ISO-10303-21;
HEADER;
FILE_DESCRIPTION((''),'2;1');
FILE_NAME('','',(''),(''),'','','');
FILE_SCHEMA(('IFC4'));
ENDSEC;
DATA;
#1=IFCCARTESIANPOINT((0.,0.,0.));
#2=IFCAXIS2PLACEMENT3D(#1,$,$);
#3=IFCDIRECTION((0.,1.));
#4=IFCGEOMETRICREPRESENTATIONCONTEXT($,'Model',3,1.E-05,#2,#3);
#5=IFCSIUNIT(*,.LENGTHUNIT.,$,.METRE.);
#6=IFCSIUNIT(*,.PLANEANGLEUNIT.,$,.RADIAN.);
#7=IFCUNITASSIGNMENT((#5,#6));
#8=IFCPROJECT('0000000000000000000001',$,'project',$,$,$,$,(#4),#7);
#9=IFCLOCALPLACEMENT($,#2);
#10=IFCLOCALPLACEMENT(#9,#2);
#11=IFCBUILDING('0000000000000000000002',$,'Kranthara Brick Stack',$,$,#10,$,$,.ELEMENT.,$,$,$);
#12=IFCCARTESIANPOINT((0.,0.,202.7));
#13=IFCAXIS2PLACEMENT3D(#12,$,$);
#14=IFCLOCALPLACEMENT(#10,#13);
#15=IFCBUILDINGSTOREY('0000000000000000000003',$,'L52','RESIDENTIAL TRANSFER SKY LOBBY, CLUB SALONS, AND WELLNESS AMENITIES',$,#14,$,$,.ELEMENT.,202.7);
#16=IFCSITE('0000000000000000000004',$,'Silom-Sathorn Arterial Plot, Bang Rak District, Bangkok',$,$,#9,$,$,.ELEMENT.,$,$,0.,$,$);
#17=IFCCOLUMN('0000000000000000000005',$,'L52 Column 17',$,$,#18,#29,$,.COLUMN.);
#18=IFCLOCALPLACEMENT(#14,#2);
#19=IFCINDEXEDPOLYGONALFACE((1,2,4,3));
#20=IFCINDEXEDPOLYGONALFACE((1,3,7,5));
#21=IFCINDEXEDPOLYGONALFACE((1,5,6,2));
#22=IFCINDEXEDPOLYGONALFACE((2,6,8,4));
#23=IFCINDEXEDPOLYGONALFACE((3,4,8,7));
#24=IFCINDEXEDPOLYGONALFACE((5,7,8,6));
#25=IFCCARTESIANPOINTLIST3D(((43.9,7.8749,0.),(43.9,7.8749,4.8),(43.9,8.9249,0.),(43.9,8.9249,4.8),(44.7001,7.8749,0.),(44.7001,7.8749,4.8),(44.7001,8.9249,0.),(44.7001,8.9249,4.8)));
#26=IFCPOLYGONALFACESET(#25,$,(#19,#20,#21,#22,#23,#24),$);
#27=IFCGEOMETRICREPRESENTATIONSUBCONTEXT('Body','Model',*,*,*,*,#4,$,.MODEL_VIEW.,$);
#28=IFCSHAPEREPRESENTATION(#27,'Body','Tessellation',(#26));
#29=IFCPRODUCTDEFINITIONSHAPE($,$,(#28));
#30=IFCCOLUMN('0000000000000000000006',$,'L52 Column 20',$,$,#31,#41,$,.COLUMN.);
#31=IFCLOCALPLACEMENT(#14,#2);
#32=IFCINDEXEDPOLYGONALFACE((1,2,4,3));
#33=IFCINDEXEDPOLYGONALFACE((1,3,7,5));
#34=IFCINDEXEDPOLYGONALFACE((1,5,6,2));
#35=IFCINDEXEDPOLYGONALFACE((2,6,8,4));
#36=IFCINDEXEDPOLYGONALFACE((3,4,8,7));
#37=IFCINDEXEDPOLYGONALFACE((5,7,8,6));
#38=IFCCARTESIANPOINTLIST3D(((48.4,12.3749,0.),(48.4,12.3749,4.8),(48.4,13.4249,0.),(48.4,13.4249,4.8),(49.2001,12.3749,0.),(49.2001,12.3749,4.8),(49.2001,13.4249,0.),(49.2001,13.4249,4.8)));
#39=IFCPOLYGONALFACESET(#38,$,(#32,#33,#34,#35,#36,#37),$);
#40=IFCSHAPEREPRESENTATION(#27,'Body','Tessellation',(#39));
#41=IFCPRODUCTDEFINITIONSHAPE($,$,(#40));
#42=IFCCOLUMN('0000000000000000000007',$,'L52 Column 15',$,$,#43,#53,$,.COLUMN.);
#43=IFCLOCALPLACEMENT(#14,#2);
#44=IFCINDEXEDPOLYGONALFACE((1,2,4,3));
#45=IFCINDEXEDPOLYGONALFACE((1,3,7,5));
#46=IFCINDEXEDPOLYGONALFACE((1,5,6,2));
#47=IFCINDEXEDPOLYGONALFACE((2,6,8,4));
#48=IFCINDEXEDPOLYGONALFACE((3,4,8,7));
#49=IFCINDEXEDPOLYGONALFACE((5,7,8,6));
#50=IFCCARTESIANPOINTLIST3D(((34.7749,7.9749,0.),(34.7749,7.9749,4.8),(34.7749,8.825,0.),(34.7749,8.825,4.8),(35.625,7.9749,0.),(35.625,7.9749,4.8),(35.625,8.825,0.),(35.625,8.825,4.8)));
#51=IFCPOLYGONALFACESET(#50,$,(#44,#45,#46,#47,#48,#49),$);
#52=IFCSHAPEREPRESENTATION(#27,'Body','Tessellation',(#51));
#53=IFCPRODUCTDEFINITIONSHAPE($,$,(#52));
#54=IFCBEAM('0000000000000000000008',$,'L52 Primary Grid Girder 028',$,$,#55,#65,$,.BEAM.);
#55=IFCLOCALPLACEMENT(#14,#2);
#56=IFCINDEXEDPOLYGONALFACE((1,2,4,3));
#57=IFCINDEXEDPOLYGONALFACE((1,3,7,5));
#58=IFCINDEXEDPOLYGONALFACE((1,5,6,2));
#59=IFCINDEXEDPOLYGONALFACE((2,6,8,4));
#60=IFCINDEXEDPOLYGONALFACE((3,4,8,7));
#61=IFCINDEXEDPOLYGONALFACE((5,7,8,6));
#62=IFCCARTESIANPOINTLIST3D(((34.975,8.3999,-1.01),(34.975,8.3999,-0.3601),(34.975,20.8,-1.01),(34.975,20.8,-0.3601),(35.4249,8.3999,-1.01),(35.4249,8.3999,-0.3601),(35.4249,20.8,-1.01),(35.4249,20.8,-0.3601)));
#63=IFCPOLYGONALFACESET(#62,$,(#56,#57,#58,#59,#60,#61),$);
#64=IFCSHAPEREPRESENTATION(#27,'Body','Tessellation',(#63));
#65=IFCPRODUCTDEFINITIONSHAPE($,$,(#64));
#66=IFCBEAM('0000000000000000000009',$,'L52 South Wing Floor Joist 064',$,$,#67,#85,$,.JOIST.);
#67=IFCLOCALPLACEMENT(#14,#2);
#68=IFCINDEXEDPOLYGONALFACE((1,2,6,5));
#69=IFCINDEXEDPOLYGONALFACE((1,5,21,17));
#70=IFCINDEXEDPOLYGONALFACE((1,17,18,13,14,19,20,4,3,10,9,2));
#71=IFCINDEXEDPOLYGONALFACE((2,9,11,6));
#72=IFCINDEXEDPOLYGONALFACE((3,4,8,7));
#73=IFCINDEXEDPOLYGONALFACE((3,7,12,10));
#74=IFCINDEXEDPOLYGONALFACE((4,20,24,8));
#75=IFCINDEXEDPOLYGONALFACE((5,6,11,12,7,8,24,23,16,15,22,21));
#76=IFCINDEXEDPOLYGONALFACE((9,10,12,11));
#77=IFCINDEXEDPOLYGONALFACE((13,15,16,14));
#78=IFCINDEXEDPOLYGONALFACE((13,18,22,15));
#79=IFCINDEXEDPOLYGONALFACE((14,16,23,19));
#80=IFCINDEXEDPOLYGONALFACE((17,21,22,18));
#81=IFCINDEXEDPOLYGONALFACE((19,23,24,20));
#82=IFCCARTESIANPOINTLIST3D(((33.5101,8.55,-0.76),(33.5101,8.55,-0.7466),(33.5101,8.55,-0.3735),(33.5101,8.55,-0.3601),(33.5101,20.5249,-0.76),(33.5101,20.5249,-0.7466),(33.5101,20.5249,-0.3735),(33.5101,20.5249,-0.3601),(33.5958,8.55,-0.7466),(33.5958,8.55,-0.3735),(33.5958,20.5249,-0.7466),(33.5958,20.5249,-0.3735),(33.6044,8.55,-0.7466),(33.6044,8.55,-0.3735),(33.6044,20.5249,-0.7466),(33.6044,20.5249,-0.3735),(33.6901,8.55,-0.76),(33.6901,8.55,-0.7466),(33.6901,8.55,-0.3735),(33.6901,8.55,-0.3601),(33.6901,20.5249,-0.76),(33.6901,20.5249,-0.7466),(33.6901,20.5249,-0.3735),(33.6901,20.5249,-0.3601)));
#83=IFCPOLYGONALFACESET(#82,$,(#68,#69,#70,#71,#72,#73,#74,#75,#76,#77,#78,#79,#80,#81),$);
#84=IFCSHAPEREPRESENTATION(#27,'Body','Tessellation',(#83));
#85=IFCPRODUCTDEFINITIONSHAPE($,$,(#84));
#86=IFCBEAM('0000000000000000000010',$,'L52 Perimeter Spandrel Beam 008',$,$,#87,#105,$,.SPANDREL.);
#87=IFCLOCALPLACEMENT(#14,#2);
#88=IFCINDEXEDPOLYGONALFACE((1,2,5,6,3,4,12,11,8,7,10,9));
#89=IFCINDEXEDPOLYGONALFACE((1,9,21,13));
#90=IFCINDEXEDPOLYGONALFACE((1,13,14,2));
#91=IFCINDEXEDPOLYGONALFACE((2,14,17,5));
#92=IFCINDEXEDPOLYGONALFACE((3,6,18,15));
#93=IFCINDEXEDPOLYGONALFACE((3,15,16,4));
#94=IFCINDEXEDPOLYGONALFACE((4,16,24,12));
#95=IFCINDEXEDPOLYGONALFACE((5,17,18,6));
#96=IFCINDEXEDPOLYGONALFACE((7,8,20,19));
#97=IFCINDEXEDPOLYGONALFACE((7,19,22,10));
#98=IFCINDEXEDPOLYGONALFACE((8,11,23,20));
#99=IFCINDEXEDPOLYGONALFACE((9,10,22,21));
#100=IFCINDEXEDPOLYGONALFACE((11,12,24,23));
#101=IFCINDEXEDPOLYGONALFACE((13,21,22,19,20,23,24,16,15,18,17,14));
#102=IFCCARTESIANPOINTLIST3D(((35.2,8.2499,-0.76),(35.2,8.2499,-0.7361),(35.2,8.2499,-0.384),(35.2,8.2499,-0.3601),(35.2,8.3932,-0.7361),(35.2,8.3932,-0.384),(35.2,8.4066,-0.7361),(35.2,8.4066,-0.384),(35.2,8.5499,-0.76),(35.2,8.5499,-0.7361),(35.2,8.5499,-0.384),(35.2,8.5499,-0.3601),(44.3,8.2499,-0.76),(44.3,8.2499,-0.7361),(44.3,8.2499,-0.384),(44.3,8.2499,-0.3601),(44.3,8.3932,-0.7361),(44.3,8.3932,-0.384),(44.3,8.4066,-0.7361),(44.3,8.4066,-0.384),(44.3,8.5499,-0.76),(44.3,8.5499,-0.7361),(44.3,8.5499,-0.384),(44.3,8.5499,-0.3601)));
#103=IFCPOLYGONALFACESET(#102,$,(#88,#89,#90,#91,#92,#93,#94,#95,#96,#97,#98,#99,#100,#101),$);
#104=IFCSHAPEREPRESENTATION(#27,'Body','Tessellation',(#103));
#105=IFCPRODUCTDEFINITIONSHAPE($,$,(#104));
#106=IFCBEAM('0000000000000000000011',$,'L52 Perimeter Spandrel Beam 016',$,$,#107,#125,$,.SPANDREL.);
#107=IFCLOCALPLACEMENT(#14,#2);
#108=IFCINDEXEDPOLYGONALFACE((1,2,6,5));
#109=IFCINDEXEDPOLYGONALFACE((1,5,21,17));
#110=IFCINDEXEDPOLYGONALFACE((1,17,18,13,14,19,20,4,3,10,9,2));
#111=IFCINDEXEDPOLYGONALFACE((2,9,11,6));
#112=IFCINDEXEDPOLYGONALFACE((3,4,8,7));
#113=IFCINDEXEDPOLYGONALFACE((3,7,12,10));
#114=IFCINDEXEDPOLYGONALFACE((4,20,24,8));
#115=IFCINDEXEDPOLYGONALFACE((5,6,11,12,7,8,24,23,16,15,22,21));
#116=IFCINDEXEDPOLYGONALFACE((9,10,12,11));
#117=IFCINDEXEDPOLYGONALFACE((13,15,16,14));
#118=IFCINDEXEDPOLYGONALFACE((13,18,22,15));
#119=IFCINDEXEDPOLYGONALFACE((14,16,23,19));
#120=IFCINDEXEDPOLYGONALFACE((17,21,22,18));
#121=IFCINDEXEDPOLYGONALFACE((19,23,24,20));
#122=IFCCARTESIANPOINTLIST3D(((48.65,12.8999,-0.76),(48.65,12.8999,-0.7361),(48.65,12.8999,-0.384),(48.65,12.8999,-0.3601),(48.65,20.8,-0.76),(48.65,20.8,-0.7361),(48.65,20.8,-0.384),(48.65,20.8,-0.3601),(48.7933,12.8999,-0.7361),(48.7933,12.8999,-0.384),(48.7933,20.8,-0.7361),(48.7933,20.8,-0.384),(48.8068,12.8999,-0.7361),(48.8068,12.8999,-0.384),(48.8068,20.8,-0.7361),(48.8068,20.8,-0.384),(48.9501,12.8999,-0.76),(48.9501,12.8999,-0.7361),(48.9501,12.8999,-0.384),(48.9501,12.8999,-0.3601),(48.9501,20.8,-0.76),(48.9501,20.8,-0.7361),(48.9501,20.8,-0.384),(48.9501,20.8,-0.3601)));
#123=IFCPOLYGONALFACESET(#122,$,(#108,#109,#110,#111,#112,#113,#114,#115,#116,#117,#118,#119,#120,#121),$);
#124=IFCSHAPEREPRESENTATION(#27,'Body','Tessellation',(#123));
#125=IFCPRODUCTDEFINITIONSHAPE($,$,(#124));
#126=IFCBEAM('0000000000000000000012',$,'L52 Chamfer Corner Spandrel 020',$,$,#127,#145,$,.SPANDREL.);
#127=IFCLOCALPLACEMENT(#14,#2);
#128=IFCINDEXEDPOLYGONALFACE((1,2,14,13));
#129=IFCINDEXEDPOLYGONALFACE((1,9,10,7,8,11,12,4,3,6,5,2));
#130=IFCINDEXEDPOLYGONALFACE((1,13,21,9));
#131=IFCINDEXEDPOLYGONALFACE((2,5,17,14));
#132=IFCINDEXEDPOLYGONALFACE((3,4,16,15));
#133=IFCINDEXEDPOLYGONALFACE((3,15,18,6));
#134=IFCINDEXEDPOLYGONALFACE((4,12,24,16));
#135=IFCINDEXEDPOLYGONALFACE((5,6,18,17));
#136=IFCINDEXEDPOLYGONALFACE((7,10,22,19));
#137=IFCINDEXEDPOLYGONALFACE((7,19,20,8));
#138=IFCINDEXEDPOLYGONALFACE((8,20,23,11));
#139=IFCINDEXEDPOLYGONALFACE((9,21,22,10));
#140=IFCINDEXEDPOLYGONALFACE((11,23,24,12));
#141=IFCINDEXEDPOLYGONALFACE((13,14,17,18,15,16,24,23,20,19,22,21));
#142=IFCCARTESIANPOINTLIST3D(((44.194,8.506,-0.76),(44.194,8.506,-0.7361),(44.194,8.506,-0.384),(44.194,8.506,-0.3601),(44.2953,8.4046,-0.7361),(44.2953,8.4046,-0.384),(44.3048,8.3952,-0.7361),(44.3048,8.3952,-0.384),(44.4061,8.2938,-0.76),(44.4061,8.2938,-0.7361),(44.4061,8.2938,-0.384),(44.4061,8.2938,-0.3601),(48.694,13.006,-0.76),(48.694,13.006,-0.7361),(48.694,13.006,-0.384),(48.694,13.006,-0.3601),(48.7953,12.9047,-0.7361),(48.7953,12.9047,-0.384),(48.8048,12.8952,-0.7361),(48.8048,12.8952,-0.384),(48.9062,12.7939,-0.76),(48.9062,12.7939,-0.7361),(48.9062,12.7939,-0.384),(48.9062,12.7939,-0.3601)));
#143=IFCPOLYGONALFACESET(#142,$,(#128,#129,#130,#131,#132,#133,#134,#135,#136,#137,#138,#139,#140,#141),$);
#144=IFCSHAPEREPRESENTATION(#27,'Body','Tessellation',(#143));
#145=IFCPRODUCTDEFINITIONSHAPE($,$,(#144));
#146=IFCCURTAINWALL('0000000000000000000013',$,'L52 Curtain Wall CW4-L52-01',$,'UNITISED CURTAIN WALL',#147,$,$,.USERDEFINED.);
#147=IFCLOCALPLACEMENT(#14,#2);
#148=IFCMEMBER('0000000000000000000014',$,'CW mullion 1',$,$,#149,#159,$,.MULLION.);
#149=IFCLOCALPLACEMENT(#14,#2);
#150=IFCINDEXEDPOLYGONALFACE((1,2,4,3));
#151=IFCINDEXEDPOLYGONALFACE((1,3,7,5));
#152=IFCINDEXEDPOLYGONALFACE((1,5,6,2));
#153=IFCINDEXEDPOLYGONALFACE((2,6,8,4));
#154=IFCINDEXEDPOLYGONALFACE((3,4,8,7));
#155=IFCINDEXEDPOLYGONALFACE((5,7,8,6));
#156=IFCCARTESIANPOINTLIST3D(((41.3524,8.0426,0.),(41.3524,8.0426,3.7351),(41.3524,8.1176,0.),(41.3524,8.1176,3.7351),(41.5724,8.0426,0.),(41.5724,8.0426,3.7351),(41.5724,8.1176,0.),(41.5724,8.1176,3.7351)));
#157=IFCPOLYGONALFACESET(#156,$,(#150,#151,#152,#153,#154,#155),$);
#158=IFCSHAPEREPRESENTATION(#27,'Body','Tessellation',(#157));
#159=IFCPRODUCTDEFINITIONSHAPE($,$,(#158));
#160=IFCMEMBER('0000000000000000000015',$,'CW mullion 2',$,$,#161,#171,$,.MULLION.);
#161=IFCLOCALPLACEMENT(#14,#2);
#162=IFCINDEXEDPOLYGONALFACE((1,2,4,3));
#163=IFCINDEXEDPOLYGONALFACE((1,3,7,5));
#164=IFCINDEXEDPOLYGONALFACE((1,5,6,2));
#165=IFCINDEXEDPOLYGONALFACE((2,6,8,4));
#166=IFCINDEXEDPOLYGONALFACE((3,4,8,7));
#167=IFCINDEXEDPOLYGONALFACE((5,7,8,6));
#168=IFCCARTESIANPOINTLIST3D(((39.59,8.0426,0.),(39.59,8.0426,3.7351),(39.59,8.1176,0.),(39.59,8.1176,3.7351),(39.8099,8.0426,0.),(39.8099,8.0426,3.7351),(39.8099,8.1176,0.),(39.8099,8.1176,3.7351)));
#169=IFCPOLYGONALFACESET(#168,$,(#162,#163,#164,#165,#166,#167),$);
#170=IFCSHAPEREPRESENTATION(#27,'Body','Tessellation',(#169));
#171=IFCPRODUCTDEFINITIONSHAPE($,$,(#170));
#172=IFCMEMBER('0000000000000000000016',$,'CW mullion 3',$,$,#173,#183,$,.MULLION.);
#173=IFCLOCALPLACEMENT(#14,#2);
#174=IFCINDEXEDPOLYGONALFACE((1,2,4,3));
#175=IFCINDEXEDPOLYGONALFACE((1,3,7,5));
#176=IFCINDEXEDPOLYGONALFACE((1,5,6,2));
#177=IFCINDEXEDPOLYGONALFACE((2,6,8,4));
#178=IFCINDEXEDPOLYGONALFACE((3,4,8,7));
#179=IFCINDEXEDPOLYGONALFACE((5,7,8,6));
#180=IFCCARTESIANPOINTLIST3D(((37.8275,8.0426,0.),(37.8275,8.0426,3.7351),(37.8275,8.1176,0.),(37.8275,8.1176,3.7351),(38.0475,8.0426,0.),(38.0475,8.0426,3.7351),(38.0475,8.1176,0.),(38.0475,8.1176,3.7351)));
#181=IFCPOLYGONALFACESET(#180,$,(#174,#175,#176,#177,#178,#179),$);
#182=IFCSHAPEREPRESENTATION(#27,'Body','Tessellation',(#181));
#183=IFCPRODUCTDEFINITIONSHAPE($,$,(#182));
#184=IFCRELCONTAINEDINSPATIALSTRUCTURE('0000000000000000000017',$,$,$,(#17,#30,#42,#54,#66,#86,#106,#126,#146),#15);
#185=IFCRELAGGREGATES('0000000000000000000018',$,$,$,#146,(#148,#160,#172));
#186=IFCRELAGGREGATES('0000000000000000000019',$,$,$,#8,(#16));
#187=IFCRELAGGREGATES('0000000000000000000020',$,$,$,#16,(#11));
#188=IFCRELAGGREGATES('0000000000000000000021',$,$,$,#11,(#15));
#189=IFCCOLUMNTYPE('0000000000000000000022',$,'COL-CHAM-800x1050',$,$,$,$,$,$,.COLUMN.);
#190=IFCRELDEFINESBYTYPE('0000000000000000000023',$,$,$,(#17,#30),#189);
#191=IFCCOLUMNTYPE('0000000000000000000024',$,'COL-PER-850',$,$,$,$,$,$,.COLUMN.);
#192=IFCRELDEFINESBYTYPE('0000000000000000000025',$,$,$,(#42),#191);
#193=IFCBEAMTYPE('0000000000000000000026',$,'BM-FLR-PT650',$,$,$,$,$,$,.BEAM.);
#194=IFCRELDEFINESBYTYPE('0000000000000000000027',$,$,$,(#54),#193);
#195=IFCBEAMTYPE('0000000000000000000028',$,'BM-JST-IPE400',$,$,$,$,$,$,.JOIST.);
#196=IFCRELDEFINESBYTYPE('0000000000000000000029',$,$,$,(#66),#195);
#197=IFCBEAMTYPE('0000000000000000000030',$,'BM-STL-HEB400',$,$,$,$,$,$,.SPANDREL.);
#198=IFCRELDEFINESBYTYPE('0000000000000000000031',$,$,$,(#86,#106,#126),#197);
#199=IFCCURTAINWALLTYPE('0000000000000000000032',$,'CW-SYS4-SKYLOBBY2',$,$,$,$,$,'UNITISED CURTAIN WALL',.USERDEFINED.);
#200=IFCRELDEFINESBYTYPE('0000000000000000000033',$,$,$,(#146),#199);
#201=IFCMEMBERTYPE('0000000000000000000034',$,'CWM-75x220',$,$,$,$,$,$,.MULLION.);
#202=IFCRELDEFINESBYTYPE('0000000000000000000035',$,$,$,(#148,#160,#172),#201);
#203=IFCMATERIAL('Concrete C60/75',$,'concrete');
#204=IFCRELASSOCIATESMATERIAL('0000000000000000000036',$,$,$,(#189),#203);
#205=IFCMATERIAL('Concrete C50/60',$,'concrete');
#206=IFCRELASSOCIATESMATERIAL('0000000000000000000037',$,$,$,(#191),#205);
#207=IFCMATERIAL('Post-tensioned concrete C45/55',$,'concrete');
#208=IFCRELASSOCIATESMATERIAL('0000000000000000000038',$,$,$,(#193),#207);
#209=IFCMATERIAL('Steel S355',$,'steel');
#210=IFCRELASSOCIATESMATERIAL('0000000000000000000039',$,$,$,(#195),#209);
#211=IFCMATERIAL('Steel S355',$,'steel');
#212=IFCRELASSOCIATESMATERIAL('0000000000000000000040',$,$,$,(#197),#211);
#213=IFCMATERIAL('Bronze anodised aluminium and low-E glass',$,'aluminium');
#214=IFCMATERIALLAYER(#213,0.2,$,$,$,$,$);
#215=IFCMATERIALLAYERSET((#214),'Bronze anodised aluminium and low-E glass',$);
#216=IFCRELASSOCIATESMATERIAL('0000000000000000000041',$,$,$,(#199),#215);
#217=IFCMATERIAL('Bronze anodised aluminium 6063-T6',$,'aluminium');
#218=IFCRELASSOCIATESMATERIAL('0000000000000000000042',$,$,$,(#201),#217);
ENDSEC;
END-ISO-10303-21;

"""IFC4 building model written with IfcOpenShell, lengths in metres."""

from ifc_helpers import new_model, si_unit, direction, frame, origin, origin_2d, place, context, subcontext, project, spatial, rectangle, i_section, extrude, material, layer, layer_set, material_profile, profile_set, type_object, element, aggregate, save


model = new_model("IFC4")

# Units and contexts
model_context = context("Model", 3, precision=1e-05, world=origin(), true_north=direction((0.0, 1.0)))
body_context = subcontext(model_context, "Body", "Model", "MODEL_VIEW")
ifc_project = project(units=[si_unit("LENGTHUNIT", "METRE"), si_unit("PLANEANGLEUNIT", "RADIAN")], contexts=[model_context])

# Site, building, storey
site_placement = place(None, origin())
site = spatial("IfcSite", under=ifc_project, at=site_placement, Name="Silom-Sathorn Arterial Plot, Bang Rak District, Bangkok", CompositionType="ELEMENT", RefElevation=0.0)
building_placement = place(site_placement, origin())
building = spatial("IfcBuilding", under=site, at=building_placement, Name="Kranthara Brick Stack", CompositionType="ELEMENT")
storey_placement = place(building_placement, frame((0.0, 0.0, 202.7)))
storey = spatial("IfcBuildingStorey", under=building, at=storey_placement, Name="L52", Description="RESIDENTIAL TRANSFER SKY LOBBY, CLUB SALONS, AND WELLNESS AMENITIES", CompositionType="ELEMENT", Elevation=202.7)

# Columns
ifc_material_1 = material(Name="Concrete C60/75", Category="concrete")
ifc_material_profile_1 = material_profile(ifc_material_1, rectangle(XDim=0.8, YDim=1.05, at=origin_2d()), Name="RC 800x1050")
ifc_profile_set_1 = profile_set([ifc_material_profile_1], Name="Concrete C60/75")
column_type_1 = type_object("IfcColumnType", Name="COL-CHAM-800x1050", PredefinedType="COLUMN", material=ifc_profile_set_1)
for number, where, z_axis, x_axis, name in (
    (1, (44.3, 8.3999, 0.0), (0.0, 0.0, 1.0), (1.0, 0.0, 0.0), "L52 Column 17"),
    (2, (48.8, 12.8999, 0.0), (0.0, 0.0, 1.0), (1.0, 0.0, 0.0), "L52 Column 20"),
):
    element("IfcColumn", number, at=place(storey_placement, frame(where, z_axis=z_axis, x_axis=x_axis)), inside=storey, type_object=column_type_1, Name=name, PredefinedType="COLUMN", context=body_context, shape_type="SweptSolid", body=[
        extrude(rectangle(XDim=0.8, YDim=1.05, at=origin_2d()), origin(), (0.0, 0.0, 1.0), 4.8),
    ])
ifc_material_2 = material(Name="Concrete C50/60", Category="concrete")
ifc_material_profile_2 = material_profile(ifc_material_2, rectangle(XDim=0.8501, YDim=0.8501, at=origin_2d()), Name="RC 850x850")
ifc_profile_set_2 = profile_set([ifc_material_profile_2], Name="Concrete C50/60")
column_type_2 = type_object("IfcColumnType", Name="COL-PER-850", PredefinedType="COLUMN", material=ifc_profile_set_2)
column_placement = place(storey_placement, frame((35.2, 8.3999, 0.0), z_axis=(0.0, 0.0, 1.0), x_axis=(1.0, 0.0, 0.0)))
element("IfcColumn", 3, at=column_placement, inside=storey, type_object=column_type_2, Name="L52 Column 15", PredefinedType="COLUMN", context=body_context, shape_type="SweptSolid", body=[
    extrude(rectangle(XDim=0.8501, YDim=0.8501, at=origin_2d()), origin(), (0.0, 0.0, 1.0), 4.8),
])

# Beams
ifc_material_3 = material(Name="Post-tensioned concrete C45/55", Category="concrete")
ifc_material_profile_3 = material_profile(ifc_material_3, rectangle(XDim=0.45, YDim=0.6499, at=origin_2d()), Name="PT 450x650")
ifc_profile_set_3 = profile_set([ifc_material_profile_3], Name="Post-tensioned concrete C45/55")
beam_type_1 = type_object("IfcBeamType", Name="BM-FLR-PT650", PredefinedType="BEAM", material=ifc_profile_set_3)
beam_1_placement = place(storey_placement, frame((35.2, 8.3999, -0.6851), z_axis=(0.0, 1.0, 0.0), x_axis=(-1.0, 0.0, 0.0)))
element("IfcBeam", 4, at=beam_1_placement, inside=storey, type_object=beam_type_1, Name="L52 Primary Grid Girder 028", PredefinedType="BEAM", context=body_context, shape_type="SweptSolid", body=[
    extrude(rectangle(XDim=0.45, YDim=0.6499, at=origin_2d()), origin(), (0.0, 0.0, 1.0), 12.4001),
])
ifc_material_4 = material(Name="Steel S355", Category="steel")
ifc_material_profile_4 = material_profile(ifc_material_4, i_section(OverallWidth=0.1799, OverallDepth=0.3999, WebThickness=0.0085, FlangeThickness=0.0134, at=origin_2d()), Name="IPE 400")
ifc_profile_set_4 = profile_set([ifc_material_profile_4], Name="Steel S355")
beam_type_2 = type_object("IfcBeamType", Name="BM-JST-IPE400", PredefinedType="JOIST", material=ifc_profile_set_4)
beam_2_placement = place(storey_placement, frame((33.6001, 8.55, -0.5601), z_axis=(0.0, 1.0, 0.0), x_axis=(-1.0, 0.0, 0.0)))
element("IfcBeam", 5, at=beam_2_placement, inside=storey, type_object=beam_type_2, Name="L52 South Wing Floor Joist 064", PredefinedType="JOIST", context=body_context, shape_type="SweptSolid", body=[
    extrude(i_section(OverallWidth=0.1799, OverallDepth=0.3999, WebThickness=0.0085, FlangeThickness=0.0134, at=origin_2d()), origin(), (0.0, 0.0, 1.0), 11.9749),
])
ifc_material_5 = material(Name="Steel S355", Category="steel")
ifc_material_profile_5 = material_profile(ifc_material_5, i_section(OverallWidth=0.3, OverallDepth=0.3999, WebThickness=0.0134, FlangeThickness=0.0239, at=origin_2d()), Name="HEB 400")
ifc_profile_set_5 = profile_set([ifc_material_profile_5], Name="Steel S355")
beam_type_3 = type_object("IfcBeamType", Name="BM-STL-HEB400", PredefinedType="SPANDREL", material=ifc_profile_set_5)
beam_3_placement = place(storey_placement, frame((35.2, 8.3999, -0.5601), z_axis=(1.0, 0.0, 0.0), x_axis=(0.0, 1.0, 0.0)))
element("IfcBeam", 6, at=beam_3_placement, inside=storey, type_object=beam_type_3, Name="L52 Perimeter Spandrel Beam 008", PredefinedType="SPANDREL", context=body_context, shape_type="SweptSolid", body=[
    extrude(i_section(OverallWidth=0.3, OverallDepth=0.3999, WebThickness=0.0134, FlangeThickness=0.0239, at=origin_2d()), origin(), (0.0, 0.0, 1.0), 9.1001),
])
beam_4_placement = place(storey_placement, frame((48.8, 12.8999, -0.5601), z_axis=(0.0, 1.0, 0.0), x_axis=(-1.0, 0.0, 0.0)))
element("IfcBeam", 7, at=beam_4_placement, inside=storey, type_object=beam_type_3, Name="L52 Perimeter Spandrel Beam 016", PredefinedType="SPANDREL", context=body_context, shape_type="SweptSolid", body=[
    extrude(i_section(OverallWidth=0.3, OverallDepth=0.3999, WebThickness=0.0134, FlangeThickness=0.0239, at=origin_2d()), origin(), (0.0, 0.0, 1.0), 7.9001),
])
beam_5_placement = place(storey_placement, frame((44.3, 8.3999, -0.5601), z_axis=(0.707107, 0.707107, 0.0), x_axis=(-0.707107, 0.707107, 0.0)))
element("IfcBeam", 8, at=beam_5_placement, inside=storey, type_object=beam_type_3, Name="L52 Chamfer Corner Spandrel 020", PredefinedType="SPANDREL", context=body_context, shape_type="SweptSolid", body=[
    extrude(i_section(OverallWidth=0.3, OverallDepth=0.3999, WebThickness=0.0134, FlangeThickness=0.0239, at=origin_2d()), origin(), (0.0, 0.0, 1.0), 6.364),
])

# Curtain wall, members
ifc_material_6 = material(Name="Bronze anodised aluminium and low-E glass", Category="aluminium")
ifc_layer_1 = layer(ifc_material_6, 0.2)
ifc_layer_set_1 = layer_set([ifc_layer_1], Name="Bronze anodised aluminium and low-E glass")
curtain_wall_type = type_object("IfcCurtainWallType", Name="CW-SYS4-SKYLOBBY2", ElementType="UNITISED CURTAIN WALL", PredefinedType="USERDEFINED", material=ifc_layer_set_1)
curtain_wall_1_placement = place(storey_placement, origin())
curtain_wall_1 = element("IfcCurtainWall", 9, at=curtain_wall_1_placement, inside=storey, type_object=curtain_wall_type, Name="L52 Curtain Wall CW4-L52-01", ObjectType="UNITISED CURTAIN WALL", PredefinedType="USERDEFINED")
ifc_material_7 = material(Name="Bronze anodised aluminium 6063-T6", Category="aluminium")
ifc_material_profile_6 = material_profile(ifc_material_7, rectangle(XDim=0.075, YDim=0.22, at=origin_2d()), Name="ALU MULLION 75x220")
ifc_profile_set_6 = profile_set([ifc_material_profile_6], Name="Bronze anodised aluminium 6063-T6")
member_type_1 = type_object("IfcMemberType", Name="CWM-75x220", PredefinedType="MULLION", material=ifc_profile_set_6)
member_1_placement = place(storey_placement, frame((41.4624, 8.0801, 0.0), z_axis=(0.0, 0.0, 1.0), x_axis=(0.0, -1.0, 0.0)))
member_1 = element("IfcMember", 10, at=member_1_placement, type_object=member_type_1, Name="CW mullion 1", PredefinedType="MULLION", context=body_context, shape_type="SweptSolid", body=[
    extrude(rectangle(XDim=0.075, YDim=0.22, at=origin_2d()), origin(), (0.0, 0.0, 1.0), 3.7351),
])
member_2_placement = place(storey_placement, frame((39.7, 8.0801, 0.0), z_axis=(0.0, 0.0, 1.0), x_axis=(0.0, -1.0, 0.0)))
member_2 = element("IfcMember", 11, at=member_2_placement, type_object=member_type_1, Name="CW mullion 2", PredefinedType="MULLION", context=body_context, shape_type="SweptSolid", body=[
    extrude(rectangle(XDim=0.075, YDim=0.22, at=origin_2d()), origin(), (0.0, 0.0, 1.0), 3.7351),
])
member_3_placement = place(storey_placement, frame((37.9375, 8.0801, 0.0), z_axis=(0.0, 0.0, 1.0), x_axis=(0.0, -1.0, 0.0)))
member_3 = element("IfcMember", 12, at=member_3_placement, type_object=member_type_1, Name="CW mullion 3", PredefinedType="MULLION", context=body_context, shape_type="SweptSolid", body=[
    extrude(rectangle(XDim=0.075, YDim=0.22, at=origin_2d()), origin(), (0.0, 0.0, 1.0), 3.7351),
])

aggregate(curtain_wall_1, [member_1, member_2, member_3])

save(model, "model.ifc")
